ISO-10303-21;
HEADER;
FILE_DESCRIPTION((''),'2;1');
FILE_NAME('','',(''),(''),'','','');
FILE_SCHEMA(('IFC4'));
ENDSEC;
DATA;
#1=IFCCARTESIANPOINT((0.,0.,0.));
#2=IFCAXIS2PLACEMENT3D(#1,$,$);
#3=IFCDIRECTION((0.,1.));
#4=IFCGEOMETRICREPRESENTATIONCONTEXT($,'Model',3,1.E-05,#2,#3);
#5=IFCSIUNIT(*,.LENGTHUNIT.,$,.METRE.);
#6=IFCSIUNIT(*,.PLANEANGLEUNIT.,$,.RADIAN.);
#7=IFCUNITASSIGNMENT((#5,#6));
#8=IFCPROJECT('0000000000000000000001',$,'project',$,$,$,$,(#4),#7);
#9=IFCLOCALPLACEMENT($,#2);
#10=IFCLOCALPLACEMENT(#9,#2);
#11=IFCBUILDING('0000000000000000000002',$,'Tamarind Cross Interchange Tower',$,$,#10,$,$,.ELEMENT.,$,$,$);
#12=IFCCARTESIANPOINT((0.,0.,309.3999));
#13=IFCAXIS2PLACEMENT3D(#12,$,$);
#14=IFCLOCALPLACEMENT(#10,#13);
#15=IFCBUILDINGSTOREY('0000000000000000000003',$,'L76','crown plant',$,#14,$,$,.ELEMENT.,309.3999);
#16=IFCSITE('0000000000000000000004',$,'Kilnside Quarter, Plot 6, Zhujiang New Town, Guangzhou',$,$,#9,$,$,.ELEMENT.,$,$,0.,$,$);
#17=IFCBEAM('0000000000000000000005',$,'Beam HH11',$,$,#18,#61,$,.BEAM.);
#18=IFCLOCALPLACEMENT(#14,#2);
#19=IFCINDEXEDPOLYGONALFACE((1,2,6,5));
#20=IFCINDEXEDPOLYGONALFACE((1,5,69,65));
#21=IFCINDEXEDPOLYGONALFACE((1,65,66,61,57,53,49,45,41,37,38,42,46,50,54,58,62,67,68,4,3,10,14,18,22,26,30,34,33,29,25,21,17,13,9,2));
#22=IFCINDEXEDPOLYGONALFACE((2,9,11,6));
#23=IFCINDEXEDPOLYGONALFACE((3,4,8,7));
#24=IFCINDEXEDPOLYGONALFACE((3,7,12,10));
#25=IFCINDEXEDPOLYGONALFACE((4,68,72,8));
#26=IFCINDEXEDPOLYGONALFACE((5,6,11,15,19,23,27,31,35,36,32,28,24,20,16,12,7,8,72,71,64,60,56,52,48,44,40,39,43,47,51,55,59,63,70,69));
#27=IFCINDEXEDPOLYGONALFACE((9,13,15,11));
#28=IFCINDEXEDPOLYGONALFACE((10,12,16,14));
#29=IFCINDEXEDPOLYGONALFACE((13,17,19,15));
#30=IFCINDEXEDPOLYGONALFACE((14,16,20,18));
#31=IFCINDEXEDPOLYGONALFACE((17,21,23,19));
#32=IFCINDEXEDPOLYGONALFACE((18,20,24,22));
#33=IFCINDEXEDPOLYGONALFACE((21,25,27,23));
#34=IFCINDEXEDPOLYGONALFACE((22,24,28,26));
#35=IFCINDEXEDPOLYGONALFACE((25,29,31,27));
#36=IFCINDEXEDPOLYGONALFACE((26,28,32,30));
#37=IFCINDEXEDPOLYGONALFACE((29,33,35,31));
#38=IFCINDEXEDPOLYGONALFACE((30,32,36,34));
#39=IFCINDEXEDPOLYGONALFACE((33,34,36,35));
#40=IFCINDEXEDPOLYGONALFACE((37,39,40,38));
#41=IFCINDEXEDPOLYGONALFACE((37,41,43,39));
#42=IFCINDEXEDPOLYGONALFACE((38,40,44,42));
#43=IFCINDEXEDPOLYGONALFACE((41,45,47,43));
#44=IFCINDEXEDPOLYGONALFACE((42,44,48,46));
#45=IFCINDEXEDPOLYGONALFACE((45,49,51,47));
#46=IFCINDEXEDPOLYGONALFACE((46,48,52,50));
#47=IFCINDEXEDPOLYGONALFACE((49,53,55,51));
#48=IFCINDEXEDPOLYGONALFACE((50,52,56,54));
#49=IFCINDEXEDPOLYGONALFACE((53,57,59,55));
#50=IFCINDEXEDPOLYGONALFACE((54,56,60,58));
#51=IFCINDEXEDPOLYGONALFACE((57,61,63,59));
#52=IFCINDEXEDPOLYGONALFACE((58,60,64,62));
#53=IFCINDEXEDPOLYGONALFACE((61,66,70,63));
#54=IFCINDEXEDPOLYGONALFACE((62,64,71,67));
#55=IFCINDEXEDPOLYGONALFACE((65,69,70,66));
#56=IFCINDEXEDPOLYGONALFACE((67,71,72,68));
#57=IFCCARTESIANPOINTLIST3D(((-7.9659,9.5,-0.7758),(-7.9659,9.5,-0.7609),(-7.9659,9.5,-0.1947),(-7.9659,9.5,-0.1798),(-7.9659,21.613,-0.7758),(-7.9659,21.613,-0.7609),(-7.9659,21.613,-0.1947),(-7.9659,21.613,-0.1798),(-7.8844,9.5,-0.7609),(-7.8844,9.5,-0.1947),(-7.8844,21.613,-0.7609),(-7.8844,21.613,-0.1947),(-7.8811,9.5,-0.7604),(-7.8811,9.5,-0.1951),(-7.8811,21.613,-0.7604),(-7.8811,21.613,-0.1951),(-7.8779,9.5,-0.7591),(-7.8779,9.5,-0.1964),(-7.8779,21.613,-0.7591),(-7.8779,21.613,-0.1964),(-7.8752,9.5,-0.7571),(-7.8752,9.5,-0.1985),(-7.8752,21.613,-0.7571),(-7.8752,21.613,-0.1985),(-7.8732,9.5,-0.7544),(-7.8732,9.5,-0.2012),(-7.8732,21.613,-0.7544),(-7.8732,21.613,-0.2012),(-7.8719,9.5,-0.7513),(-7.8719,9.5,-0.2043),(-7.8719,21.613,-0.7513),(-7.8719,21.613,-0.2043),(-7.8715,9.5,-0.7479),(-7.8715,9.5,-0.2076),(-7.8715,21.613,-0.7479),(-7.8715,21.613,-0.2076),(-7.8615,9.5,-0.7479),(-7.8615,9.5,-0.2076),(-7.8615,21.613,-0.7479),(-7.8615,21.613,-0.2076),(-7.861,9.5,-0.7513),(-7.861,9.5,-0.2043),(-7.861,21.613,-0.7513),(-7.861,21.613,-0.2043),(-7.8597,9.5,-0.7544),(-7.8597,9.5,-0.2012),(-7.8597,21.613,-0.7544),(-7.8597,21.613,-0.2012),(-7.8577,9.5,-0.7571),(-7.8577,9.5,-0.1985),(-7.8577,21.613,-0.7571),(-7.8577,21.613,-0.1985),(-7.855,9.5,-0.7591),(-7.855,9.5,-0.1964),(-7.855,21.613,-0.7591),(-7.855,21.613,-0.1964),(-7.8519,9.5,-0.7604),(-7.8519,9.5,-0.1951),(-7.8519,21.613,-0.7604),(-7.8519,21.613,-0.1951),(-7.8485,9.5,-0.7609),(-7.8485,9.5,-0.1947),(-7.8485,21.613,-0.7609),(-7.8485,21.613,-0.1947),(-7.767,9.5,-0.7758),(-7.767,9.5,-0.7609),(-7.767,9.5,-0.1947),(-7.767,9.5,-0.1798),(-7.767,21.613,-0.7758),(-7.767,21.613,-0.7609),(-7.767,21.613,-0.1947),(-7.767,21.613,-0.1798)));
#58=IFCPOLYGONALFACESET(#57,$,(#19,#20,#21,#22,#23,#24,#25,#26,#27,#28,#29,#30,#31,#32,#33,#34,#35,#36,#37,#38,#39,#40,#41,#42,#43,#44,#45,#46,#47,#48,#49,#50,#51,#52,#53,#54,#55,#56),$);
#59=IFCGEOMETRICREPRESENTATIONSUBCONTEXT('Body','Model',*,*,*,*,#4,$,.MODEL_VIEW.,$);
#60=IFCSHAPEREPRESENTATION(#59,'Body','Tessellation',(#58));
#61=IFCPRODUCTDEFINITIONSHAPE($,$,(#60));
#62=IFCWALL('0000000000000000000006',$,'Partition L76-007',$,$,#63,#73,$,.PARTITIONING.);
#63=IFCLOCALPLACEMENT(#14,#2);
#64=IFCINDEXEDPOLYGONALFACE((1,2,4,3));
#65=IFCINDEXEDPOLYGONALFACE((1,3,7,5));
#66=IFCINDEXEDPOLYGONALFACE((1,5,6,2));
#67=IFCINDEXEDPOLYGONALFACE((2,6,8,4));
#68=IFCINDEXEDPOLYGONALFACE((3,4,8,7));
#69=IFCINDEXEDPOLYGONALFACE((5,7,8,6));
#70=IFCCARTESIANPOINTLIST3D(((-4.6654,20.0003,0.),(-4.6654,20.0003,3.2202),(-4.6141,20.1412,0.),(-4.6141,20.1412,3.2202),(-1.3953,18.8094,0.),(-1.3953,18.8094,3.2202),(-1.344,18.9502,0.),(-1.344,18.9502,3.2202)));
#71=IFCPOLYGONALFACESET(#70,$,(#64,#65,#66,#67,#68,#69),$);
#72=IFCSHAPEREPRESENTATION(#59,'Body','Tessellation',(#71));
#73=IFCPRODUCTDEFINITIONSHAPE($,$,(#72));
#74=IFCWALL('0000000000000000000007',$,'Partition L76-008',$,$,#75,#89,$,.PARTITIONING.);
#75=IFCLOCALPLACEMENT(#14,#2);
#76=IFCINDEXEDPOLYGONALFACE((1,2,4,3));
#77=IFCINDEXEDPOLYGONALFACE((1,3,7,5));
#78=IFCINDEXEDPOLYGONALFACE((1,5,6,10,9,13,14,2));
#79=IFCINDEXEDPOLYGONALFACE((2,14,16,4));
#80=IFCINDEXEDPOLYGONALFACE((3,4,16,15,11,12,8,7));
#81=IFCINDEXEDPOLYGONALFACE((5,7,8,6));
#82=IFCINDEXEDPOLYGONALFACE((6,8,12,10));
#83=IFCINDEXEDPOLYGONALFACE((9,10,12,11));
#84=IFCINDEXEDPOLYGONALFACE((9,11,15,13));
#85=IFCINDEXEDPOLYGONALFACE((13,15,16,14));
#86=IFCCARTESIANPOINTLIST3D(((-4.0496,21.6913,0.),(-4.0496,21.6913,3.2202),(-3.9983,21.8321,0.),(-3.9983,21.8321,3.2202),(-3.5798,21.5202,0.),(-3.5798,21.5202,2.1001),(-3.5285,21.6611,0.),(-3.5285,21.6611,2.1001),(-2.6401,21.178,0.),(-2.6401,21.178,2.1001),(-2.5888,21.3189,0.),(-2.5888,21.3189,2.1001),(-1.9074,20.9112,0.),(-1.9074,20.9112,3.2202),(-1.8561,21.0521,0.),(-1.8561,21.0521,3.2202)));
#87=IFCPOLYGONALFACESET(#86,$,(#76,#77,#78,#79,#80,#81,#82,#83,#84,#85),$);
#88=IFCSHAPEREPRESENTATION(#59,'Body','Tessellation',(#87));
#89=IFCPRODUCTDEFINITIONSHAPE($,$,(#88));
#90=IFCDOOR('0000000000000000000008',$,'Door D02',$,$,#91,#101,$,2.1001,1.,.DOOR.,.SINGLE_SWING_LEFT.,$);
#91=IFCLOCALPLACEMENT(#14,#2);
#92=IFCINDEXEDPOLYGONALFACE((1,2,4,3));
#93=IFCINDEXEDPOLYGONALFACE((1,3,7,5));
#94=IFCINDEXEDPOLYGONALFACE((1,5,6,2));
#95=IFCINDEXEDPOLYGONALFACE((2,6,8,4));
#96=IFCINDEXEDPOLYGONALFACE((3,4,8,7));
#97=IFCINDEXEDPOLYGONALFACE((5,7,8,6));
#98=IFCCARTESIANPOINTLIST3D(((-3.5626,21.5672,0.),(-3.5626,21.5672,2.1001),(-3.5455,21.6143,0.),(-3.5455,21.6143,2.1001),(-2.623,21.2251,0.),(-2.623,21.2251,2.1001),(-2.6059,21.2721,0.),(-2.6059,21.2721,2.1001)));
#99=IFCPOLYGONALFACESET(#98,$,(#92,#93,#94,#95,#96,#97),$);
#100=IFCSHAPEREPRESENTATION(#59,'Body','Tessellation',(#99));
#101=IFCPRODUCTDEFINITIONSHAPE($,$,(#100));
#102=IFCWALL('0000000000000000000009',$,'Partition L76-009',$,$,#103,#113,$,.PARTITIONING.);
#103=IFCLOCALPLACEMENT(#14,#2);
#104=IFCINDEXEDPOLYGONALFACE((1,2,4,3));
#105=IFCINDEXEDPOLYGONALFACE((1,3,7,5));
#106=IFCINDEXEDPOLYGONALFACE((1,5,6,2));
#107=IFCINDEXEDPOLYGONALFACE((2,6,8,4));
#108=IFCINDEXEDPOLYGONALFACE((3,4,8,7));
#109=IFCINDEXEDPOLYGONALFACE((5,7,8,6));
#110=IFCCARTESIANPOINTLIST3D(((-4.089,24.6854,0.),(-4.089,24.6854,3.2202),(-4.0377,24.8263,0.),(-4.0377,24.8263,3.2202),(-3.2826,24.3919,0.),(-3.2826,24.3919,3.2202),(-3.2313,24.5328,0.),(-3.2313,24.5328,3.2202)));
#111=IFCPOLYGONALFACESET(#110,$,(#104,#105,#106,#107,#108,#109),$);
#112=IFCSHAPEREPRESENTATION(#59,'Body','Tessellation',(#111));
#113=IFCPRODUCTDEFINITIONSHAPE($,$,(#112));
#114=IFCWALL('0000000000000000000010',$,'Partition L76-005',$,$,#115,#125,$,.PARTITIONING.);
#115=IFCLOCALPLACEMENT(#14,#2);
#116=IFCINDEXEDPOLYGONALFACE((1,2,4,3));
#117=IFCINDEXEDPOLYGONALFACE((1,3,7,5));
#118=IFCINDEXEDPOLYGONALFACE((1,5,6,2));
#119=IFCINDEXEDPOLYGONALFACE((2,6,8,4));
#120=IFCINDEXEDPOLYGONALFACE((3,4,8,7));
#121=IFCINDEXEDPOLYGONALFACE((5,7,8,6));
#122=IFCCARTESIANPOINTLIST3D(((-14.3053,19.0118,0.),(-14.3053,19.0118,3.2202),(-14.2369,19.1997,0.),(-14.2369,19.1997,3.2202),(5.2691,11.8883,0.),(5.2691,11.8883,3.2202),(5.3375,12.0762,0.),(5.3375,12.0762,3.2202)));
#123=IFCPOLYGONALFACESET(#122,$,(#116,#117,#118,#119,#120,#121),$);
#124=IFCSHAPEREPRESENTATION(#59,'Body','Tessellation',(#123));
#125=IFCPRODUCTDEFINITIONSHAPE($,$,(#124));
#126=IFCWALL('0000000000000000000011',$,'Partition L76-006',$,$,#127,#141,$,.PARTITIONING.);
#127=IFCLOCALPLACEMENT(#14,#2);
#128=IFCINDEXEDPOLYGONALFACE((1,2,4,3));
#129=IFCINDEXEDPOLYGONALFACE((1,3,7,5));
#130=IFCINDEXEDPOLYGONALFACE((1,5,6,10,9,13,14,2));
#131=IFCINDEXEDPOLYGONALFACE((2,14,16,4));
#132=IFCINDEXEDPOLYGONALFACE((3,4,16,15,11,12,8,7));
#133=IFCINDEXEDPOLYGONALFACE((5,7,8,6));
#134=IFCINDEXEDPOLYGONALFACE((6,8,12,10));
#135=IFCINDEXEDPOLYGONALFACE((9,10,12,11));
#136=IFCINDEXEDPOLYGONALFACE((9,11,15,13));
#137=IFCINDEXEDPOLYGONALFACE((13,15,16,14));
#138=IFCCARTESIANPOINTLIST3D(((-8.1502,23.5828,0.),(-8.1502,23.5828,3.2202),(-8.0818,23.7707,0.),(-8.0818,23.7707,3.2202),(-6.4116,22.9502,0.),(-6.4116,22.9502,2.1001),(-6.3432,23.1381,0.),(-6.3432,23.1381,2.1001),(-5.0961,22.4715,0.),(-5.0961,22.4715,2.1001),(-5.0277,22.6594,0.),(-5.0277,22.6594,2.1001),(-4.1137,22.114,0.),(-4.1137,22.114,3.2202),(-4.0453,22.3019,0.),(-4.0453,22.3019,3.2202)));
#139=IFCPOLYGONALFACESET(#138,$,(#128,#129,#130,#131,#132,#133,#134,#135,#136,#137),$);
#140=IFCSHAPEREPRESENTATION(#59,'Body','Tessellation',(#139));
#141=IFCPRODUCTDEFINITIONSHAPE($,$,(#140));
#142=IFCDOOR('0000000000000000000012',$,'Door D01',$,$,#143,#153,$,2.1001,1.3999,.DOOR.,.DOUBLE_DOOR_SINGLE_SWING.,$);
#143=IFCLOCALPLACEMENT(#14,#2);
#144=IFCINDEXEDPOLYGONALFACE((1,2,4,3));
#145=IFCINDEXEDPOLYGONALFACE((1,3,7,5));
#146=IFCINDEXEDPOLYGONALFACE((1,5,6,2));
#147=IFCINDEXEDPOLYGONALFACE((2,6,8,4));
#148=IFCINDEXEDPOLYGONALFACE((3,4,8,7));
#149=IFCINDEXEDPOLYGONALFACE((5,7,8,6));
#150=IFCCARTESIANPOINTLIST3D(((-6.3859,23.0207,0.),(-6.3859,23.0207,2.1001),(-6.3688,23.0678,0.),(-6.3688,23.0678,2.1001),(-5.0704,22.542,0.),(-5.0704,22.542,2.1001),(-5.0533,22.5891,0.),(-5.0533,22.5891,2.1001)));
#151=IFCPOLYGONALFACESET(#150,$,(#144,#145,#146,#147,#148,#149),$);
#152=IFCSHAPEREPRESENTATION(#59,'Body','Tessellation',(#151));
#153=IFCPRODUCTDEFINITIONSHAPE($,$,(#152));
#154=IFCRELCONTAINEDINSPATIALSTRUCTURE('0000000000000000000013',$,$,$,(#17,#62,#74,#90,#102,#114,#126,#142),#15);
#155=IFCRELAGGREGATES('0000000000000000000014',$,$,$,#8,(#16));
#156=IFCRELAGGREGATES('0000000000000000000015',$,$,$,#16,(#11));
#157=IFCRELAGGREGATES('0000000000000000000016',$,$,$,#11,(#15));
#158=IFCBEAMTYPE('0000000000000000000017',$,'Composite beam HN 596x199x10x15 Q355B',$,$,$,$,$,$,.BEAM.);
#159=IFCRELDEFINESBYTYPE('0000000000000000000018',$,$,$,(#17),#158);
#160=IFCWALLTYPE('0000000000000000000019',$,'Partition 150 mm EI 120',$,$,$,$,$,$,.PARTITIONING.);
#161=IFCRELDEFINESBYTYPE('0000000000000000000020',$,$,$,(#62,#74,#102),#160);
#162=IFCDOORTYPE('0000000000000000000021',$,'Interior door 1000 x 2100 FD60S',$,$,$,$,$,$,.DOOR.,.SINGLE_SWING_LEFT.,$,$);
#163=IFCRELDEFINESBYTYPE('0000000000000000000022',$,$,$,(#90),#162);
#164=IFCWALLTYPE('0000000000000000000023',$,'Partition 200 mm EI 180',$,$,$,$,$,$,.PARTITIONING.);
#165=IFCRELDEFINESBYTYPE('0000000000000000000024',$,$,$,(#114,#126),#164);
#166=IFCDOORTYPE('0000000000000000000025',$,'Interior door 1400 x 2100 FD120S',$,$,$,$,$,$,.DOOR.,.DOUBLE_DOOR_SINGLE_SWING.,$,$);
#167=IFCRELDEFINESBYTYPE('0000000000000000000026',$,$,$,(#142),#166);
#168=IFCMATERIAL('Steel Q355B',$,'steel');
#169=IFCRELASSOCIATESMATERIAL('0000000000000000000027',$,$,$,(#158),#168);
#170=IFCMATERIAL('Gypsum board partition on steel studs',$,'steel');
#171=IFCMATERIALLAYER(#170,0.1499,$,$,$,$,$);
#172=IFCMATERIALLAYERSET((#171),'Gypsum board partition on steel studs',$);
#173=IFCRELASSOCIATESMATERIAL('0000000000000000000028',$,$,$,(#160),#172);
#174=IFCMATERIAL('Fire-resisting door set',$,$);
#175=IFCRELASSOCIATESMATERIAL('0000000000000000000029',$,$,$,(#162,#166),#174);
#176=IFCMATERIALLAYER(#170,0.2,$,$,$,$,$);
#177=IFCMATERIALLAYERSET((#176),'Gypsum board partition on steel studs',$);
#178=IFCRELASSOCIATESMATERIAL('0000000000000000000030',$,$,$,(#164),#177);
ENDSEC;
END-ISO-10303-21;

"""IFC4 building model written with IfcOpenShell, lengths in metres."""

from ifc_helpers import new_model, si_unit, direction, frame, frame_2d, origin, origin_2d, place, context, subcontext, project, spatial, rectangle, i_section, extrude, material, layer, layer_set, material_profile, profile_set, type_object, element, fill, save


model = new_model("IFC4")

# Units and contexts
model_context = context("Model", 3, precision=1e-05, world=origin(), true_north=direction((0.0, 1.0)))
body_context = subcontext(model_context, "Body", "Model", "MODEL_VIEW")
ifc_project = project(units=[si_unit("LENGTHUNIT", "METRE"), si_unit("PLANEANGLEUNIT", "RADIAN")], contexts=[model_context])

# Site, building, storey
site_placement = place(None, origin())
site = spatial("IfcSite", under=ifc_project, at=site_placement, Name="Kilnside Quarter, Plot 6, Zhujiang New Town, Guangzhou", CompositionType="ELEMENT", RefElevation=0.0)
building_placement = place(site_placement, origin())
building = spatial("IfcBuilding", under=site, at=building_placement, Name="Tamarind Cross Interchange Tower", CompositionType="ELEMENT")
storey_placement = place(building_placement, frame((0.0, 0.0, 309.3999)))
storey = spatial("IfcBuildingStorey", under=building, at=storey_placement, Name="L76", Description="crown plant", CompositionType="ELEMENT", Elevation=309.3999)

# Beam
ifc_material_1 = material(Name="Steel Q355B", Category="steel")
ifc_material_profile_1 = material_profile(ifc_material_1, i_section(OverallWidth=0.199, OverallDepth=0.5959, WebThickness=0.01, FlangeThickness=0.0149, FilletRadius=0.0129, at=origin_2d()), Name="HN 596x199x10x15")
ifc_profile_set_1 = profile_set([ifc_material_profile_1], Name="Steel Q355B")
beam_type = type_object("IfcBeamType", Name="Composite beam HN 596x199x10x15 Q355B", PredefinedType="BEAM", material=ifc_profile_set_1)
beam_1_placement = place(storey_placement, frame((-7.8665, 21.613, -0.4778), z_axis=(0.0, -1.0, 0.0), x_axis=(1.0, 0.0, 0.0)))
element("IfcBeam", 1, at=beam_1_placement, inside=storey, type_object=beam_type, Name="Beam HH11", PredefinedType="BEAM", context=body_context, shape_type="SweptSolid", body=[
    extrude(i_section(OverallWidth=0.199, OverallDepth=0.5959, WebThickness=0.01, FlangeThickness=0.0149, FilletRadius=0.0129, at=origin_2d()), origin(), (0.0, 0.0, 1.0), 12.113),
])

# Wall
ifc_material_2 = material(Name="Gypsum board partition on steel studs", Category="steel")
ifc_layer_1 = layer(ifc_material_2, 0.1499)
ifc_layer_set_1 = layer_set([ifc_layer_1], Name="Gypsum board partition on steel studs")
wall_type_1 = type_object("IfcWallType", Name="Partition 150 mm EI 120", PredefinedType="PARTITIONING", material=ifc_layer_set_1)
wall_1_placement = place(storey_placement, frame((-4.6399, 20.0708, 0.0), z_axis=(0.0, 0.0, 1.0), x_axis=(0.939625, -0.342205, 0.0)))
element("IfcWall", 2, at=wall_1_placement, inside=storey, type_object=wall_type_1, Name="Partition L76-007", PredefinedType="PARTITIONING", context=body_context, shape_type="SweptSolid", body=[
    extrude(rectangle(XDim=3.4802, YDim=0.1499, at=frame_2d((1.7402, 0.0))), origin(), (0.0, 0.0, 1.0), 3.2202),
])

# Wall, opening, door
wall_2_placement = place(storey_placement, frame((-4.0239, 21.7617, 0.0), z_axis=(0.0, 0.0, 1.0), x_axis=(0.93964, -0.342164, 0.0)))
wall_2 = element("IfcWall", 3, at=wall_2_placement, inside=storey, type_object=wall_type_1, Name="Partition L76-008", PredefinedType="PARTITIONING", context=body_context, shape_type="SweptSolid", body=[
    extrude(rectangle(XDim=2.2798, YDim=0.1499, at=frame_2d((1.1399, 0.0))), origin(), (0.0, 0.0, 1.0), 3.2202),
])
opening_1_placement = place(wall_2_placement, frame((0.5, 0.0, 0.0)))
opening_1 = element("IfcOpeningElement", 4, at=opening_1_placement, cuts=wall_2, PredefinedType="OPENING", context=body_context, shape_type="SweptSolid", body=[
    extrude(rectangle(XDim=1.0, YDim=2.1001, at=frame_2d((0.5, 1.05))), frame((0.0, 0.085, 0.0), z_axis=(0.0, -1.0, 0.0), x_axis=(1.0, 0.0, 0.0)), (0.0, 0.0, 1.0), 0.1699),
])
ifc_material_3 = material(Name="Fire-resisting door set")
door_type_1 = type_object("IfcDoorType", Name="Interior door 1000 x 2100 FD60S", OperationType="SINGLE_SWING_LEFT", PredefinedType="DOOR", material=ifc_material_3)
door_1_placement = place(opening_1_placement, frame((1.0, 0.0, 0.0), z_axis=(0.0, 0.0, 1.0), x_axis=(-1.0, 0.0, 0.0)))
door_1 = element("IfcDoor", 5, at=door_1_placement, inside=storey, type_object=door_type_1, Name="Door D02", OperationType="SINGLE_SWING_LEFT", OverallHeight=2.1001, OverallWidth=1.0, PredefinedType="DOOR", context=body_context, shape_type="SweptSolid", body=[
    extrude(rectangle(XDim=1.0, YDim=2.1001, at=frame_2d((0.5, 1.05))), frame((0.0, 0.0249, 0.0), z_axis=(0.0, -1.0, 0.0), x_axis=(1.0, 0.0, 0.0)), (0.0, 0.0, 1.0), 0.05),
])
fill(opening_1, door_1)

# Walls
wall_3_placement = place(storey_placement, frame((-4.0635, 24.7559, 0.0), z_axis=(0.0, 0.0, 1.0), x_axis=(0.93971, -0.341971, 0.0)))
element("IfcWall", 6, at=wall_3_placement, inside=storey, type_object=wall_type_1, Name="Partition L76-009", PredefinedType="PARTITIONING", context=body_context, shape_type="SweptSolid", body=[
    extrude(rectangle(XDim=0.8582, YDim=0.1499, at=frame_2d((0.4292, 0.0))), origin(), (0.0, 0.0, 1.0), 3.2202),
])
ifc_layer_2 = layer(ifc_material_2, 0.2)
ifc_layer_set_2 = layer_set([ifc_layer_2], Name="Gypsum board partition on steel studs")
wall_type_2 = type_object("IfcWallType", Name="Partition 200 mm EI 180", PredefinedType="PARTITIONING", material=ifc_layer_set_2)
wall_4_placement = place(storey_placement, frame((-14.271, 19.1057, 0.0), z_axis=(0.0, 0.0, 1.0), x_axis=(0.939708, -0.341978, 0.0)))
element("IfcWall", 7, at=wall_4_placement, inside=storey, type_object=wall_type_2, Name="Partition L76-005", PredefinedType="PARTITIONING", context=body_context, shape_type="SweptSolid", body=[
    extrude(rectangle(XDim=20.8303, YDim=0.2, at=frame_2d((10.415, 0.0))), origin(), (0.0, 0.0, 1.0), 3.2202),
])

# Wall, opening, door
wall_5_placement = place(storey_placement, frame((-8.116, 23.6768, 0.0), z_axis=(0.0, 0.0, 1.0), x_axis=(0.93972, -0.341944, 0.0)))
wall_5 = element("IfcWall", 8, at=wall_5_placement, inside=storey, type_object=wall_type_2, Name="Partition L76-006", PredefinedType="PARTITIONING", context=body_context, shape_type="SweptSolid", body=[
    extrude(rectangle(XDim=4.2954, YDim=0.2, at=frame_2d((2.1477, 0.0))), origin(), (0.0, 0.0, 1.0), 3.2202),
])
opening_2_placement = place(wall_5_placement, frame((1.8501, 0.0, 0.0)))
opening_2 = element("IfcOpeningElement", 9, at=opening_2_placement, cuts=wall_5, PredefinedType="OPENING", context=body_context, shape_type="SweptSolid", body=[
    extrude(rectangle(XDim=1.3999, YDim=2.1001, at=frame_2d((0.7, 1.05))), frame((0.0, 0.1099, 0.0), z_axis=(0.0, -1.0, 0.0), x_axis=(1.0, 0.0, 0.0)), (0.0, 0.0, 1.0), 0.22),
])
door_type_2 = type_object("IfcDoorType", Name="Interior door 1400 x 2100 FD120S", OperationType="DOUBLE_DOOR_SINGLE_SWING", PredefinedType="DOOR", material=ifc_material_3)
door_2_placement = place(opening_2_placement, frame((1.3999, 0.0, 0.0), z_axis=(0.0, 0.0, 1.0), x_axis=(-1.0, 0.0, 0.0)))
door_2 = element("IfcDoor", 10, at=door_2_placement, inside=storey, type_object=door_type_2, Name="Door D01", OperationType="DOUBLE_DOOR_SINGLE_SWING", OverallHeight=2.1001, OverallWidth=1.3999, PredefinedType="DOOR", context=body_context, shape_type="SweptSolid", body=[
    extrude(rectangle(XDim=1.3999, YDim=2.1001, at=frame_2d((0.7, 1.05))), frame((0.0, 0.0249, 0.0), z_axis=(0.0, -1.0, 0.0), x_axis=(1.0, 0.0, 0.0)), (0.0, 0.0, 1.0), 0.05),
])
fill(opening_2, door_2)

save(model, "model.ifc")
